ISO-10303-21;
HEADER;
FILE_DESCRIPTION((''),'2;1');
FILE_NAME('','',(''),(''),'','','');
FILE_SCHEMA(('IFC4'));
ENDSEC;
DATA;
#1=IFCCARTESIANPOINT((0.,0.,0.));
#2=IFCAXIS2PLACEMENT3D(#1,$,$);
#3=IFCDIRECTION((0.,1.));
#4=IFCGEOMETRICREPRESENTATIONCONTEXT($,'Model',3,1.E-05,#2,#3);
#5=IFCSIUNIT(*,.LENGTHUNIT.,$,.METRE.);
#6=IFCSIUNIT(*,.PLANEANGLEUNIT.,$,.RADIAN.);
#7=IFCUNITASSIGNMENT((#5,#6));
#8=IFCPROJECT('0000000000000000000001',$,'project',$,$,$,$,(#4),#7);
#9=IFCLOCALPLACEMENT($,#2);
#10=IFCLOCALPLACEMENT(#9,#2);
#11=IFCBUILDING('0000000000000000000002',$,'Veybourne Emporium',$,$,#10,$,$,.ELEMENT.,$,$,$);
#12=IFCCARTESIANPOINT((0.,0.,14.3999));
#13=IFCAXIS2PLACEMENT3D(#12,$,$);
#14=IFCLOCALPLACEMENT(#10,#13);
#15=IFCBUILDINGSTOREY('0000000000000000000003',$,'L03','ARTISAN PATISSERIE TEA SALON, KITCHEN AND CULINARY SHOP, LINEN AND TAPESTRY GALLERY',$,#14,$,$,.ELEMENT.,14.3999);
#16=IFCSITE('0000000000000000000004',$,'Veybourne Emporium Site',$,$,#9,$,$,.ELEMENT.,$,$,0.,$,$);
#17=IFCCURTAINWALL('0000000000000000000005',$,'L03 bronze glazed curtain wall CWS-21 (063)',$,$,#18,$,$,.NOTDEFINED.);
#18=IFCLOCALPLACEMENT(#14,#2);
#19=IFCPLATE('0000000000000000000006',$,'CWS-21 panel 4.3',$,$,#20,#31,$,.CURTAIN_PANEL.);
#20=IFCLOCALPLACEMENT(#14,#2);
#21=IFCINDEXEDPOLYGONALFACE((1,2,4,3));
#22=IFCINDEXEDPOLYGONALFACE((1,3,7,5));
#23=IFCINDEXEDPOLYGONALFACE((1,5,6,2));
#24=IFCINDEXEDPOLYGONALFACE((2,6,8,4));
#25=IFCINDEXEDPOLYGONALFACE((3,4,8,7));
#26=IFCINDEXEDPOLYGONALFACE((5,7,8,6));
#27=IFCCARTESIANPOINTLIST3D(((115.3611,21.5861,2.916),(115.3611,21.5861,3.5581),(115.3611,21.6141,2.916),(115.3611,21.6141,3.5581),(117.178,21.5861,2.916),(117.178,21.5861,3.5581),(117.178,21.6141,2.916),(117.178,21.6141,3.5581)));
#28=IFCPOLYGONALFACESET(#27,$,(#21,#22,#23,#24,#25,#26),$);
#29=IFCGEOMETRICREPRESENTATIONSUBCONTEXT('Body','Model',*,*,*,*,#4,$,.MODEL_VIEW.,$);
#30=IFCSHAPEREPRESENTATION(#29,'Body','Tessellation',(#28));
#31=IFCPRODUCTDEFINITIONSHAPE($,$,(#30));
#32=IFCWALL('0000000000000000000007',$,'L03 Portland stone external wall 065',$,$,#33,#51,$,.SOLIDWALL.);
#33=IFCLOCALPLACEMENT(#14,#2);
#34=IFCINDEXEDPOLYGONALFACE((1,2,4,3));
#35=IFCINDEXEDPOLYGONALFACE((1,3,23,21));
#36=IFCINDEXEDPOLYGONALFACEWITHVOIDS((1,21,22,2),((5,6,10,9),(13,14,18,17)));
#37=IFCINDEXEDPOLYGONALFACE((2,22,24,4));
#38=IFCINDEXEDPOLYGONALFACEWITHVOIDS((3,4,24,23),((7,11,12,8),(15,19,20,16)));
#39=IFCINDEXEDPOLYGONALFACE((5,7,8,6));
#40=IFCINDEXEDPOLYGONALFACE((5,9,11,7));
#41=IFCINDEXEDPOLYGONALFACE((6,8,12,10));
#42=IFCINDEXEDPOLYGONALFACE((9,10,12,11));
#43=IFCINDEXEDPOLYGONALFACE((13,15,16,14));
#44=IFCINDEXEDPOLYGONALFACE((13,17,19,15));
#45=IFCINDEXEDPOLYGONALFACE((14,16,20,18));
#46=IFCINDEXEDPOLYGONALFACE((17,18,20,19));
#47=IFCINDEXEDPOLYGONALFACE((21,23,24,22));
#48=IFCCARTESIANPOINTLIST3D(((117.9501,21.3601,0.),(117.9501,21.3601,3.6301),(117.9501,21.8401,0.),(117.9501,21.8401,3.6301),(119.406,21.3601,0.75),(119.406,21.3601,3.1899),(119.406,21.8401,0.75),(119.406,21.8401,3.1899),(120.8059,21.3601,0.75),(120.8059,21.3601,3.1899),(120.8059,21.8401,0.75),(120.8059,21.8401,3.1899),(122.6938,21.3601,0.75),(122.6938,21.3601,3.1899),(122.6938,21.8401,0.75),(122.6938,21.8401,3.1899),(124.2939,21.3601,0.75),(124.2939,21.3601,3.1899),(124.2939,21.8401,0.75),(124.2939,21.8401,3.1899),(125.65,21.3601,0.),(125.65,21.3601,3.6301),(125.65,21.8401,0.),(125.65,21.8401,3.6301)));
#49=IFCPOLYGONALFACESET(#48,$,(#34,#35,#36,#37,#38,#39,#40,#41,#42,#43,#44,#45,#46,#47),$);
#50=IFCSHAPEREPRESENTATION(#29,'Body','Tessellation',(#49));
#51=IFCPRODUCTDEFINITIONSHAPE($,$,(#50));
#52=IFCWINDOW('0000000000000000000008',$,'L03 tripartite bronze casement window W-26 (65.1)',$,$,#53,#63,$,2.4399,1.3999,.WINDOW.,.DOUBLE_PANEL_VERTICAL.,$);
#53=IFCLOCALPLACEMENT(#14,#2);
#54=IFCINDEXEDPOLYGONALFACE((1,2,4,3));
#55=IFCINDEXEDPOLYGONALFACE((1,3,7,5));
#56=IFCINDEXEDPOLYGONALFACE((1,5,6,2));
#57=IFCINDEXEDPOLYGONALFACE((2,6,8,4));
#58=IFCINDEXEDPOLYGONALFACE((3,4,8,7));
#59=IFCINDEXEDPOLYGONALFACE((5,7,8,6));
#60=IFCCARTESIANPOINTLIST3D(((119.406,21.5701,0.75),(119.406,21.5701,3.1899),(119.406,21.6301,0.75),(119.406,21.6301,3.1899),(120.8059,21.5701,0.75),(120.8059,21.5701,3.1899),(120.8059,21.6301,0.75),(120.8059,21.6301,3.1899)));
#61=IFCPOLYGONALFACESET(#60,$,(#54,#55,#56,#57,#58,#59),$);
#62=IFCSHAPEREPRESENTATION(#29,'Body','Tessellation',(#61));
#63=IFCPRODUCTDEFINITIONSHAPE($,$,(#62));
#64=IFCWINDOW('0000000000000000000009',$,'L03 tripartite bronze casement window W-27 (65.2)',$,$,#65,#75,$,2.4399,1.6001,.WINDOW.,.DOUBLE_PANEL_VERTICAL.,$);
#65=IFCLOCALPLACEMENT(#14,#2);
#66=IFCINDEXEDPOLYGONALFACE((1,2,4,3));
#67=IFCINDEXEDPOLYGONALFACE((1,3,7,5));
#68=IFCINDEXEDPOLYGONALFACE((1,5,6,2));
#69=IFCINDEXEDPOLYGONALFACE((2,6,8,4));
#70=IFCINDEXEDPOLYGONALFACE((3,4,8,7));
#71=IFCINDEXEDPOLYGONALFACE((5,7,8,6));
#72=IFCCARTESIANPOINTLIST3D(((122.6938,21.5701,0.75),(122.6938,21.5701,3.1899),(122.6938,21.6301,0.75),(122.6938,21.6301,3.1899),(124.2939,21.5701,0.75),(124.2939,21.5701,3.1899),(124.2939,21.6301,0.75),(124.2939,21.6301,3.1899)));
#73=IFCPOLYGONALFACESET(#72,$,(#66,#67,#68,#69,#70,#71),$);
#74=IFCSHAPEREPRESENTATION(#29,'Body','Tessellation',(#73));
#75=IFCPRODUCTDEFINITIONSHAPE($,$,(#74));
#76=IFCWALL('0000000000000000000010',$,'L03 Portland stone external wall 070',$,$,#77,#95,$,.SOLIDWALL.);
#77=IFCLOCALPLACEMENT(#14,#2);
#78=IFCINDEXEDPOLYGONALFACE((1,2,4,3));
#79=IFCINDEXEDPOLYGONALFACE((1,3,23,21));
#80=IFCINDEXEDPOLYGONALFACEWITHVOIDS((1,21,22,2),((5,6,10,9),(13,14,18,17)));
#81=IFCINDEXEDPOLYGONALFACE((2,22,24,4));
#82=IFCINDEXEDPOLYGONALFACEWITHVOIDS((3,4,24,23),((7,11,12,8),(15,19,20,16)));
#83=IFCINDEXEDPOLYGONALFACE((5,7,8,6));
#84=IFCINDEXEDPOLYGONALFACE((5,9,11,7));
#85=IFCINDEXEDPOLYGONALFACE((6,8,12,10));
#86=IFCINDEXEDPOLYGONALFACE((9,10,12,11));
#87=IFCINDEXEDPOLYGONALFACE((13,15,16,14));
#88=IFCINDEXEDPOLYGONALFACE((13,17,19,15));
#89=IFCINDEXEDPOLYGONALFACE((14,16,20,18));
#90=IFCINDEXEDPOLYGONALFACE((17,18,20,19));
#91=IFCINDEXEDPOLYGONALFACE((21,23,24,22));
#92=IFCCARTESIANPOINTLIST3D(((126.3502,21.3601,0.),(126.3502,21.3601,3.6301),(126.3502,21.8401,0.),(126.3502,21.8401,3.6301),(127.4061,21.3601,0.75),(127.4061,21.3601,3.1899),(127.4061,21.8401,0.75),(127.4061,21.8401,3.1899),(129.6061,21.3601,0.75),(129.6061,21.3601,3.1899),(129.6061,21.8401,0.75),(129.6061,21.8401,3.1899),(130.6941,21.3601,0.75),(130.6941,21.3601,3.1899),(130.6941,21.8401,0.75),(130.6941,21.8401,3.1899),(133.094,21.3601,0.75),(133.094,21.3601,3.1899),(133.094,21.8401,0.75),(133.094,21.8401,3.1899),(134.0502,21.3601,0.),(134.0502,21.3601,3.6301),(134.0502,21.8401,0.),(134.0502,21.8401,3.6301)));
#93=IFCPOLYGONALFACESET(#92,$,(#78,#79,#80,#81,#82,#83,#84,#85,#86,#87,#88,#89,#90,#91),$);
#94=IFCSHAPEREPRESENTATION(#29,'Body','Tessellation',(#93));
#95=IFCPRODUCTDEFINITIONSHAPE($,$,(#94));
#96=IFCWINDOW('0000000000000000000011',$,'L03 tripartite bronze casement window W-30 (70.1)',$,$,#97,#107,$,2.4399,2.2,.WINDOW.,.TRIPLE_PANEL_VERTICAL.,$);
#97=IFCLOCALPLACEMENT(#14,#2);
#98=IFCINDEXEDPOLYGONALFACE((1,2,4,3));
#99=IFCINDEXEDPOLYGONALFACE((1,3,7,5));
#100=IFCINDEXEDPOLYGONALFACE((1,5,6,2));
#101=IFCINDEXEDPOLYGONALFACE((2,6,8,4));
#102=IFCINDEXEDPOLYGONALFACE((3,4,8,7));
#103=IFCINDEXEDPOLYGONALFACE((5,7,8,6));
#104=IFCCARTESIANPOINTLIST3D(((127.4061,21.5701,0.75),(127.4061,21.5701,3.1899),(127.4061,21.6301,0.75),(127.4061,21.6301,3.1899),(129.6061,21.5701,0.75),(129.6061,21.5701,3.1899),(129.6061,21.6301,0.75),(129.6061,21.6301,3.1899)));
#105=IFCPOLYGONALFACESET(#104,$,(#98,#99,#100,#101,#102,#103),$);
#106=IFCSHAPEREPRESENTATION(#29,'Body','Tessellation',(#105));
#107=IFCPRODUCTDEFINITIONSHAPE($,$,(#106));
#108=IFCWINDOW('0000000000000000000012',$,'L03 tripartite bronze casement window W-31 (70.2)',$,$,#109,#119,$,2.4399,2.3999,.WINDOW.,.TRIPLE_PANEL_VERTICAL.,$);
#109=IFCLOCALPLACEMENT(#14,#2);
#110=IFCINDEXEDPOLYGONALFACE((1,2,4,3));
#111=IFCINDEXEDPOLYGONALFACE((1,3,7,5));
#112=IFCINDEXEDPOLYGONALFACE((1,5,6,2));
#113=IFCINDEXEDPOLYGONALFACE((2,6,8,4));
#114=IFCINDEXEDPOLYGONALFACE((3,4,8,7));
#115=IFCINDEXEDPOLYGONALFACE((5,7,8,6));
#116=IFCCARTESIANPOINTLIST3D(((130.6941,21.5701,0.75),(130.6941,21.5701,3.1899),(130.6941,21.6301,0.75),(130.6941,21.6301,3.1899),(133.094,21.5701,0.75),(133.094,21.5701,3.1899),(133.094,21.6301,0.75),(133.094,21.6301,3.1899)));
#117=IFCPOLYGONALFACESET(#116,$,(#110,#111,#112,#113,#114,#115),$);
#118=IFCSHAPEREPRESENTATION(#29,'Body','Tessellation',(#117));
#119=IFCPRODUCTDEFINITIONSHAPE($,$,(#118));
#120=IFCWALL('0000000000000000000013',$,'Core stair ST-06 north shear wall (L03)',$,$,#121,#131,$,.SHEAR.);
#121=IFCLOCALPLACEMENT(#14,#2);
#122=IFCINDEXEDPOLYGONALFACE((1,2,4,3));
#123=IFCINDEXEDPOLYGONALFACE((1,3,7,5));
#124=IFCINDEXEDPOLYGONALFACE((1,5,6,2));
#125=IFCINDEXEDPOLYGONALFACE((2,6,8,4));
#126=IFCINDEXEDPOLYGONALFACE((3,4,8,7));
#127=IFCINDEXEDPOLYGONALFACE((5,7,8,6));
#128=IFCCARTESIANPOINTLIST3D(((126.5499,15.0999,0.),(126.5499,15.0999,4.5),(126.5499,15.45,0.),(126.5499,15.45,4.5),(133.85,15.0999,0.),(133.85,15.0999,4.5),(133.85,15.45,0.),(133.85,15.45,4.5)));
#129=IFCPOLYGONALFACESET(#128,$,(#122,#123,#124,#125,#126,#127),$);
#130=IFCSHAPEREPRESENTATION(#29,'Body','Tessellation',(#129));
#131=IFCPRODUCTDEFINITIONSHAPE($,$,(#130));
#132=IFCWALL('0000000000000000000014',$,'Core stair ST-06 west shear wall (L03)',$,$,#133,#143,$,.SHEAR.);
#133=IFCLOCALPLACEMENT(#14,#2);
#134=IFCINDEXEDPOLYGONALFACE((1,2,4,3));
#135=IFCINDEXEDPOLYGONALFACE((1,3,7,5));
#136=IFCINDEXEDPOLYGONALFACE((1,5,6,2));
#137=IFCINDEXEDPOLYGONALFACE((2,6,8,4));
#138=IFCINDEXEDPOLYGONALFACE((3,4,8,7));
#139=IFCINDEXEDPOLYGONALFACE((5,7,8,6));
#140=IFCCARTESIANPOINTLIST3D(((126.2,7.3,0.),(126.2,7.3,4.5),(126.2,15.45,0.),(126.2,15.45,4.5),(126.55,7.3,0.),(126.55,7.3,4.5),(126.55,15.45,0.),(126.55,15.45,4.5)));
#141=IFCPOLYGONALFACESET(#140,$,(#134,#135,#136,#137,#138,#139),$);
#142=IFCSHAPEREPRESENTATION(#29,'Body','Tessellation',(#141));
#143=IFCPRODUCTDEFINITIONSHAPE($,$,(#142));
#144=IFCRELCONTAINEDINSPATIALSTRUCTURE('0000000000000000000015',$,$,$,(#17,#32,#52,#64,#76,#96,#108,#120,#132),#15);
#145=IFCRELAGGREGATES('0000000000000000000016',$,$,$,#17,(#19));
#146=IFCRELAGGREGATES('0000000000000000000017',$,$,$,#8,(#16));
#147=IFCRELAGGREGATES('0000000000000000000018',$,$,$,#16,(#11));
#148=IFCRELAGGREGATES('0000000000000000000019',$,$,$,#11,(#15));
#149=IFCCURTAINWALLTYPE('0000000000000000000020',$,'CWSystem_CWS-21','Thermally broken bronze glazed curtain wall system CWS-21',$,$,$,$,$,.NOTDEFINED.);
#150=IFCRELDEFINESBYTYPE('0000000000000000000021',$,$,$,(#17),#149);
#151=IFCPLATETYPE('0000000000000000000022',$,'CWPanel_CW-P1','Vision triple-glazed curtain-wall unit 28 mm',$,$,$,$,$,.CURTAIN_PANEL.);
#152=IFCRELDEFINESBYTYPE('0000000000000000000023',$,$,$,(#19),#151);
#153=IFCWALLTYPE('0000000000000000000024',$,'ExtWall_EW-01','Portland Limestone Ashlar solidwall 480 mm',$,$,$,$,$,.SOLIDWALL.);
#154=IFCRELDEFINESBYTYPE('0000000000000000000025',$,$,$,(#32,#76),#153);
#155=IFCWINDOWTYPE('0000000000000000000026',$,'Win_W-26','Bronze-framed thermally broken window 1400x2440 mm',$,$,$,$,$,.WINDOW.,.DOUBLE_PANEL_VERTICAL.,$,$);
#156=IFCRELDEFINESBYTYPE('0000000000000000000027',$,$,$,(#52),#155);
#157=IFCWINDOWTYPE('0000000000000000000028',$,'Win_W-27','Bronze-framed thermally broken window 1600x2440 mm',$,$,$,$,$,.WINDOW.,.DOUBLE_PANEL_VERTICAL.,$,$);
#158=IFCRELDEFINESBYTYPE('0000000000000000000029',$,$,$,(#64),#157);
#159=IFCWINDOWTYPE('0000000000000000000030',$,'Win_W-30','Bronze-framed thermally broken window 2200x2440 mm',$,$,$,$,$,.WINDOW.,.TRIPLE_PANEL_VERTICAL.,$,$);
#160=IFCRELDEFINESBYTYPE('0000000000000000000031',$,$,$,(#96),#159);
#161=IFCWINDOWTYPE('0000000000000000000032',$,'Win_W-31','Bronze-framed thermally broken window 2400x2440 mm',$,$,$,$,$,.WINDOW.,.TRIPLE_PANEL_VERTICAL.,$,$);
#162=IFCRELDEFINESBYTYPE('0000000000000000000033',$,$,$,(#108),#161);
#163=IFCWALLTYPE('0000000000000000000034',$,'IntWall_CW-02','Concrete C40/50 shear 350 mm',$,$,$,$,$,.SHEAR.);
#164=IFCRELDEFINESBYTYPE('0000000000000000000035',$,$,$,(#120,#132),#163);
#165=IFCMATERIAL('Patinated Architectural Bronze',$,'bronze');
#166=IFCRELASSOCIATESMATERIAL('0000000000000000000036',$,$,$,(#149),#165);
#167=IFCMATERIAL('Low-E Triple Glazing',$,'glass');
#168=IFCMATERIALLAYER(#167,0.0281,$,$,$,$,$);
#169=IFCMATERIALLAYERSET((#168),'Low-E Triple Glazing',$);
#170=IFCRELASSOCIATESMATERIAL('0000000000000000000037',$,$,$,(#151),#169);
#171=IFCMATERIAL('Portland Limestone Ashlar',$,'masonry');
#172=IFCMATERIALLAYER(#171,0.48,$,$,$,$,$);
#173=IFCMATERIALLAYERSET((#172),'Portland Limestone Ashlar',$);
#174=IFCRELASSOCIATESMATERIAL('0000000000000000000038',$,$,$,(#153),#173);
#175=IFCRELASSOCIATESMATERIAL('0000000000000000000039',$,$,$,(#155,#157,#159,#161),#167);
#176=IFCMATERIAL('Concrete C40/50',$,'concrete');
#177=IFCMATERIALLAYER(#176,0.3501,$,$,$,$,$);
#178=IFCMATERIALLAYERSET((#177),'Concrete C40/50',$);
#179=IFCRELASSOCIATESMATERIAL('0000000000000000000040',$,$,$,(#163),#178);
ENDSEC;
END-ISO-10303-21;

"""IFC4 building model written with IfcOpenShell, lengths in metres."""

from ifc_helpers import new_model, si_unit, direction, frame, frame_2d, origin, origin_2d, place, context, subcontext, project, spatial, rectangle, extrude, material, layer, layer_set, type_object, element, fill, aggregate, save


model = new_model("IFC4")

# Units and contexts
model_context = context("Model", 3, precision=1e-05, world=origin(), true_north=direction((0.0, 1.0)))
body_context = subcontext(model_context, "Body", "Model", "MODEL_VIEW")
ifc_project = project(units=[si_unit("LENGTHUNIT", "METRE"), si_unit("PLANEANGLEUNIT", "RADIAN")], contexts=[model_context])

# Site, building, storey
site_placement = place(None, origin())
site = spatial("IfcSite", under=ifc_project, at=site_placement, Name="Veybourne Emporium Site", CompositionType="ELEMENT", RefElevation=0.0)
building_placement = place(site_placement, origin())
building = spatial("IfcBuilding", under=site, at=building_placement, Name="Veybourne Emporium", CompositionType="ELEMENT")
storey_placement = place(building_placement, frame((0.0, 0.0, 14.3999)))
storey = spatial("IfcBuildingStorey", under=building, at=storey_placement, Name="L03", Description="ARTISAN PATISSERIE TEA SALON, KITCHEN AND CULINARY SHOP, LINEN AND TAPESTRY GALLERY", CompositionType="ELEMENT", Elevation=14.3999)

# Shared definitions
ifc_material_1 = material(Name="Concrete C40/50", Category="concrete")

# Curtain wall
ifc_material_2 = material(Name="Patinated Architectural Bronze", Category="bronze")
curtain_wall_type = type_object("IfcCurtainWallType", Name="CWSystem_CWS-21", Description="Thermally broken bronze glazed curtain wall system CWS-21", PredefinedType="NOTDEFINED", material=ifc_material_2)
curtain_wall_placement = place(storey_placement, origin())
curtain_wall = element("IfcCurtainWall", 1, at=curtain_wall_placement, inside=storey, type_object=curtain_wall_type, Name="L03 bronze glazed curtain wall CWS-21 (063)", PredefinedType="NOTDEFINED")

# Plate
ifc_material_3 = material(Name="Low-E Triple Glazing", Category="glass")
ifc_layer_1 = layer(ifc_material_3, 0.0281)
ifc_layer_set_1 = layer_set([ifc_layer_1], Name="Low-E Triple Glazing")
plate_type = type_object("IfcPlateType", Name="CWPanel_CW-P1", Description="Vision triple-glazed curtain-wall unit 28 mm", PredefinedType="CURTAIN_PANEL", material=ifc_layer_set_1)
plate_placement = place(storey_placement, frame((116.2695, 21.6001, 2.916), z_axis=(0.0, 0.0, 1.0), x_axis=(1.0, 0.0, 0.0)))
plate = element("IfcPlate", 2, at=plate_placement, type_object=plate_type, Name="CWS-21 panel 4.3", PredefinedType="CURTAIN_PANEL", context=body_context, shape_type="SweptSolid", body=[
    extrude(rectangle(XDim=1.8169, YDim=0.0281, at=origin_2d()), origin(), (0.0, 0.0, 1.0), 0.6421),
])
aggregate(curtain_wall, [plate])

# Walls, openings, windows
ifc_material_4 = material(Name="Portland Limestone Ashlar", Category="masonry")
ifc_layer_2 = layer(ifc_material_4, 0.48)
ifc_layer_set_2 = layer_set([ifc_layer_2], Name="Portland Limestone Ashlar")
wall_type_1 = type_object("IfcWallType", Name="ExtWall_EW-01", Description="Portland Limestone Ashlar solidwall 480 mm", PredefinedType="SOLIDWALL", material=ifc_layer_set_2)
wall_1_placement = place(storey_placement, frame((117.95, 21.6001, 0.0), z_axis=(0.0, 0.0, 1.0), x_axis=(1.0, 0.0, 0.0)))
wall_1 = element("IfcWall", 3, at=wall_1_placement, inside=storey, type_object=wall_type_1, Name="L03 Portland stone external wall 065", PredefinedType="SOLIDWALL", context=body_context, shape_type="SweptSolid", body=[
    extrude(rectangle(XDim=7.7, YDim=0.48, at=frame_2d((3.8501, 0.0))), origin(), (0.0, 0.0, 1.0), 3.6301),
])
opening_1_placement = place(wall_1_placement, frame((1.4561, 0.0, 0.75)))
opening_1 = element("IfcOpeningElement", 4, at=opening_1_placement, cuts=wall_1, PredefinedType="OPENING", context=body_context, shape_type="SweptSolid", body=[
    extrude(rectangle(XDim=1.3999, YDim=2.4399, at=frame_2d((0.7, 1.22))), frame((0.0, 0.26, 0.0), z_axis=(0.0, -1.0, 0.0), x_axis=(1.0, 0.0, 0.0)), (0.0, 0.0, 1.0), 0.52),
])
opening_2_placement = place(wall_1_placement, frame((4.7439, 0.0, 0.75)))
opening_2 = element("IfcOpeningElement", 5, at=opening_2_placement, cuts=wall_1, PredefinedType="OPENING", context=body_context, shape_type="SweptSolid", body=[
    extrude(rectangle(XDim=1.6001, YDim=2.4399, at=frame_2d((0.8, 1.22))), frame((0.0, 0.26, 0.0), z_axis=(0.0, -1.0, 0.0), x_axis=(1.0, 0.0, 0.0)), (0.0, 0.0, 1.0), 0.52),
])
window_type_1 = type_object("IfcWindowType", Name="Win_W-26", Description="Bronze-framed thermally broken window 1400x2440 mm", PartitioningType="DOUBLE_PANEL_VERTICAL", PredefinedType="WINDOW", material=ifc_material_3)
window_1_placement = place(opening_1_placement, origin())
window_1 = element("IfcWindow", 6, at=window_1_placement, inside=storey, type_object=window_type_1, Name="L03 tripartite bronze casement window W-26 (65.1)", OverallHeight=2.4399, OverallWidth=1.3999, PartitioningType="DOUBLE_PANEL_VERTICAL", PredefinedType="WINDOW", context=body_context, shape_type="SweptSolid", body=[
    extrude(rectangle(XDim=1.3999, YDim=2.4399, at=frame_2d((0.7, 1.22))), frame((0.0, 0.03, 0.0), z_axis=(0.0, -1.0, 0.0), x_axis=(1.0, 0.0, 0.0)), (0.0, 0.0, 1.0), 0.0601),
])
fill(opening_1, window_1)
window_type_2 = type_object("IfcWindowType", Name="Win_W-27", Description="Bronze-framed thermally broken window 1600x2440 mm", PartitioningType="DOUBLE_PANEL_VERTICAL", PredefinedType="WINDOW", material=ifc_material_3)
window_2_placement = place(opening_2_placement, origin())
window_2 = element("IfcWindow", 7, at=window_2_placement, inside=storey, type_object=window_type_2, Name="L03 tripartite bronze casement window W-27 (65.2)", OverallHeight=2.4399, OverallWidth=1.6001, PartitioningType="DOUBLE_PANEL_VERTICAL", PredefinedType="WINDOW", context=body_context, shape_type="SweptSolid", body=[
    extrude(rectangle(XDim=1.6001, YDim=2.4399, at=frame_2d((0.8, 1.22))), frame((0.0, 0.03, 0.0), z_axis=(0.0, -1.0, 0.0), x_axis=(1.0, 0.0, 0.0)), (0.0, 0.0, 1.0), 0.0601),
])
fill(opening_2, window_2)
wall_2_placement = place(storey_placement, frame((126.3501, 21.6001, 0.0), z_axis=(0.0, 0.0, 1.0), x_axis=(1.0, 0.0, 0.0)))
wall_2 = element("IfcWall", 8, at=wall_2_placement, inside=storey, type_object=wall_type_1, Name="L03 Portland stone external wall 070", PredefinedType="SOLIDWALL", context=body_context, shape_type="SweptSolid", body=[
    extrude(rectangle(XDim=7.7, YDim=0.48, at=frame_2d((3.8501, 0.0))), origin(), (0.0, 0.0, 1.0), 3.6301),
])
opening_3_placement = place(wall_2_placement, frame((1.0559, 0.0, 0.75)))
opening_3 = element("IfcOpeningElement", 9, at=opening_3_placement, cuts=wall_2, PredefinedType="OPENING", context=body_context, shape_type="SweptSolid", body=[
    extrude(rectangle(XDim=2.2, YDim=2.4399, at=frame_2d((1.1001, 1.22))), frame((0.0, 0.26, 0.0), z_axis=(0.0, -1.0, 0.0), x_axis=(1.0, 0.0, 0.0)), (0.0, 0.0, 1.0), 0.52),
])
opening_4_placement = place(wall_2_placement, frame((4.344, 0.0, 0.75)))
opening_4 = element("IfcOpeningElement", 10, at=opening_4_placement, cuts=wall_2, PredefinedType="OPENING", context=body_context, shape_type="SweptSolid", body=[
    extrude(rectangle(XDim=2.3999, YDim=2.4399, at=frame_2d((1.2, 1.22))), frame((0.0, 0.26, 0.0), z_axis=(0.0, -1.0, 0.0), x_axis=(1.0, 0.0, 0.0)), (0.0, 0.0, 1.0), 0.52),
])
window_type_3 = type_object("IfcWindowType", Name="Win_W-30", Description="Bronze-framed thermally broken window 2200x2440 mm", PartitioningType="TRIPLE_PANEL_VERTICAL", PredefinedType="WINDOW", material=ifc_material_3)
window_3_placement = place(opening_3_placement, origin())
window_3 = element("IfcWindow", 11, at=window_3_placement, inside=storey, type_object=window_type_3, Name="L03 tripartite bronze casement window W-30 (70.1)", OverallHeight=2.4399, OverallWidth=2.2, PartitioningType="TRIPLE_PANEL_VERTICAL", PredefinedType="WINDOW", context=body_context, shape_type="SweptSolid", body=[
    extrude(rectangle(XDim=2.2, YDim=2.4399, at=frame_2d((1.1001, 1.22))), frame((0.0, 0.03, 0.0), z_axis=(0.0, -1.0, 0.0), x_axis=(1.0, 0.0, 0.0)), (0.0, 0.0, 1.0), 0.0601),
])
fill(opening_3, window_3)
window_type_4 = type_object("IfcWindowType", Name="Win_W-31", Description="Bronze-framed thermally broken window 2400x2440 mm", PartitioningType="TRIPLE_PANEL_VERTICAL", PredefinedType="WINDOW", material=ifc_material_3)
window_4_placement = place(opening_4_placement, origin())
window_4 = element("IfcWindow", 12, at=window_4_placement, inside=storey, type_object=window_type_4, Name="L03 tripartite bronze casement window W-31 (70.2)", OverallHeight=2.4399, OverallWidth=2.3999, PartitioningType="TRIPLE_PANEL_VERTICAL", PredefinedType="WINDOW", context=body_context, shape_type="SweptSolid", body=[
    extrude(rectangle(XDim=2.3999, YDim=2.4399, at=frame_2d((1.2, 1.22))), frame((0.0, 0.03, 0.0), z_axis=(0.0, -1.0, 0.0), x_axis=(1.0, 0.0, 0.0)), (0.0, 0.0, 1.0), 0.0601),
])
fill(opening_4, window_4)

# Walls
ifc_layer_3 = layer(ifc_material_1, 0.3501)
ifc_layer_set_3 = layer_set([ifc_layer_3], Name="Concrete C40/50")
wall_type_2 = type_object("IfcWallType", Name="IntWall_CW-02", Description="Concrete C40/50 shear 350 mm", PredefinedType="SHEAR", material=ifc_layer_set_3)
wall_3_placement = place(storey_placement, frame((126.55, 15.2749, 0.0), z_axis=(0.0, 0.0, 1.0), x_axis=(1.0, 0.0, 0.0)))
element("IfcWall", 13, at=wall_3_placement, inside=storey, type_object=wall_type_2, Name="Core stair ST-06 north shear wall (L03)", PredefinedType="SHEAR", context=body_context, shape_type="SweptSolid", body=[
    extrude(rectangle(XDim=7.3, YDim=0.3501, at=frame_2d((3.6499, 0.0))), origin(), (0.0, 0.0, 1.0), 4.5),
])
wall_4_placement = place(storey_placement, frame((126.375, 15.45, 0.0), z_axis=(0.0, 0.0, 1.0), x_axis=(0.0, -1.0, 0.0)))
element("IfcWall", 14, at=wall_4_placement, inside=storey, type_object=wall_type_2, Name="Core stair ST-06 west shear wall (L03)", PredefinedType="SHEAR", context=body_context, shape_type="SweptSolid", body=[
    extrude(rectangle(XDim=8.1499, YDim=0.3501, at=frame_2d((4.075, 0.0))), origin(), (0.0, 0.0, 1.0), 4.5),
])

save(model, "model.ifc")
